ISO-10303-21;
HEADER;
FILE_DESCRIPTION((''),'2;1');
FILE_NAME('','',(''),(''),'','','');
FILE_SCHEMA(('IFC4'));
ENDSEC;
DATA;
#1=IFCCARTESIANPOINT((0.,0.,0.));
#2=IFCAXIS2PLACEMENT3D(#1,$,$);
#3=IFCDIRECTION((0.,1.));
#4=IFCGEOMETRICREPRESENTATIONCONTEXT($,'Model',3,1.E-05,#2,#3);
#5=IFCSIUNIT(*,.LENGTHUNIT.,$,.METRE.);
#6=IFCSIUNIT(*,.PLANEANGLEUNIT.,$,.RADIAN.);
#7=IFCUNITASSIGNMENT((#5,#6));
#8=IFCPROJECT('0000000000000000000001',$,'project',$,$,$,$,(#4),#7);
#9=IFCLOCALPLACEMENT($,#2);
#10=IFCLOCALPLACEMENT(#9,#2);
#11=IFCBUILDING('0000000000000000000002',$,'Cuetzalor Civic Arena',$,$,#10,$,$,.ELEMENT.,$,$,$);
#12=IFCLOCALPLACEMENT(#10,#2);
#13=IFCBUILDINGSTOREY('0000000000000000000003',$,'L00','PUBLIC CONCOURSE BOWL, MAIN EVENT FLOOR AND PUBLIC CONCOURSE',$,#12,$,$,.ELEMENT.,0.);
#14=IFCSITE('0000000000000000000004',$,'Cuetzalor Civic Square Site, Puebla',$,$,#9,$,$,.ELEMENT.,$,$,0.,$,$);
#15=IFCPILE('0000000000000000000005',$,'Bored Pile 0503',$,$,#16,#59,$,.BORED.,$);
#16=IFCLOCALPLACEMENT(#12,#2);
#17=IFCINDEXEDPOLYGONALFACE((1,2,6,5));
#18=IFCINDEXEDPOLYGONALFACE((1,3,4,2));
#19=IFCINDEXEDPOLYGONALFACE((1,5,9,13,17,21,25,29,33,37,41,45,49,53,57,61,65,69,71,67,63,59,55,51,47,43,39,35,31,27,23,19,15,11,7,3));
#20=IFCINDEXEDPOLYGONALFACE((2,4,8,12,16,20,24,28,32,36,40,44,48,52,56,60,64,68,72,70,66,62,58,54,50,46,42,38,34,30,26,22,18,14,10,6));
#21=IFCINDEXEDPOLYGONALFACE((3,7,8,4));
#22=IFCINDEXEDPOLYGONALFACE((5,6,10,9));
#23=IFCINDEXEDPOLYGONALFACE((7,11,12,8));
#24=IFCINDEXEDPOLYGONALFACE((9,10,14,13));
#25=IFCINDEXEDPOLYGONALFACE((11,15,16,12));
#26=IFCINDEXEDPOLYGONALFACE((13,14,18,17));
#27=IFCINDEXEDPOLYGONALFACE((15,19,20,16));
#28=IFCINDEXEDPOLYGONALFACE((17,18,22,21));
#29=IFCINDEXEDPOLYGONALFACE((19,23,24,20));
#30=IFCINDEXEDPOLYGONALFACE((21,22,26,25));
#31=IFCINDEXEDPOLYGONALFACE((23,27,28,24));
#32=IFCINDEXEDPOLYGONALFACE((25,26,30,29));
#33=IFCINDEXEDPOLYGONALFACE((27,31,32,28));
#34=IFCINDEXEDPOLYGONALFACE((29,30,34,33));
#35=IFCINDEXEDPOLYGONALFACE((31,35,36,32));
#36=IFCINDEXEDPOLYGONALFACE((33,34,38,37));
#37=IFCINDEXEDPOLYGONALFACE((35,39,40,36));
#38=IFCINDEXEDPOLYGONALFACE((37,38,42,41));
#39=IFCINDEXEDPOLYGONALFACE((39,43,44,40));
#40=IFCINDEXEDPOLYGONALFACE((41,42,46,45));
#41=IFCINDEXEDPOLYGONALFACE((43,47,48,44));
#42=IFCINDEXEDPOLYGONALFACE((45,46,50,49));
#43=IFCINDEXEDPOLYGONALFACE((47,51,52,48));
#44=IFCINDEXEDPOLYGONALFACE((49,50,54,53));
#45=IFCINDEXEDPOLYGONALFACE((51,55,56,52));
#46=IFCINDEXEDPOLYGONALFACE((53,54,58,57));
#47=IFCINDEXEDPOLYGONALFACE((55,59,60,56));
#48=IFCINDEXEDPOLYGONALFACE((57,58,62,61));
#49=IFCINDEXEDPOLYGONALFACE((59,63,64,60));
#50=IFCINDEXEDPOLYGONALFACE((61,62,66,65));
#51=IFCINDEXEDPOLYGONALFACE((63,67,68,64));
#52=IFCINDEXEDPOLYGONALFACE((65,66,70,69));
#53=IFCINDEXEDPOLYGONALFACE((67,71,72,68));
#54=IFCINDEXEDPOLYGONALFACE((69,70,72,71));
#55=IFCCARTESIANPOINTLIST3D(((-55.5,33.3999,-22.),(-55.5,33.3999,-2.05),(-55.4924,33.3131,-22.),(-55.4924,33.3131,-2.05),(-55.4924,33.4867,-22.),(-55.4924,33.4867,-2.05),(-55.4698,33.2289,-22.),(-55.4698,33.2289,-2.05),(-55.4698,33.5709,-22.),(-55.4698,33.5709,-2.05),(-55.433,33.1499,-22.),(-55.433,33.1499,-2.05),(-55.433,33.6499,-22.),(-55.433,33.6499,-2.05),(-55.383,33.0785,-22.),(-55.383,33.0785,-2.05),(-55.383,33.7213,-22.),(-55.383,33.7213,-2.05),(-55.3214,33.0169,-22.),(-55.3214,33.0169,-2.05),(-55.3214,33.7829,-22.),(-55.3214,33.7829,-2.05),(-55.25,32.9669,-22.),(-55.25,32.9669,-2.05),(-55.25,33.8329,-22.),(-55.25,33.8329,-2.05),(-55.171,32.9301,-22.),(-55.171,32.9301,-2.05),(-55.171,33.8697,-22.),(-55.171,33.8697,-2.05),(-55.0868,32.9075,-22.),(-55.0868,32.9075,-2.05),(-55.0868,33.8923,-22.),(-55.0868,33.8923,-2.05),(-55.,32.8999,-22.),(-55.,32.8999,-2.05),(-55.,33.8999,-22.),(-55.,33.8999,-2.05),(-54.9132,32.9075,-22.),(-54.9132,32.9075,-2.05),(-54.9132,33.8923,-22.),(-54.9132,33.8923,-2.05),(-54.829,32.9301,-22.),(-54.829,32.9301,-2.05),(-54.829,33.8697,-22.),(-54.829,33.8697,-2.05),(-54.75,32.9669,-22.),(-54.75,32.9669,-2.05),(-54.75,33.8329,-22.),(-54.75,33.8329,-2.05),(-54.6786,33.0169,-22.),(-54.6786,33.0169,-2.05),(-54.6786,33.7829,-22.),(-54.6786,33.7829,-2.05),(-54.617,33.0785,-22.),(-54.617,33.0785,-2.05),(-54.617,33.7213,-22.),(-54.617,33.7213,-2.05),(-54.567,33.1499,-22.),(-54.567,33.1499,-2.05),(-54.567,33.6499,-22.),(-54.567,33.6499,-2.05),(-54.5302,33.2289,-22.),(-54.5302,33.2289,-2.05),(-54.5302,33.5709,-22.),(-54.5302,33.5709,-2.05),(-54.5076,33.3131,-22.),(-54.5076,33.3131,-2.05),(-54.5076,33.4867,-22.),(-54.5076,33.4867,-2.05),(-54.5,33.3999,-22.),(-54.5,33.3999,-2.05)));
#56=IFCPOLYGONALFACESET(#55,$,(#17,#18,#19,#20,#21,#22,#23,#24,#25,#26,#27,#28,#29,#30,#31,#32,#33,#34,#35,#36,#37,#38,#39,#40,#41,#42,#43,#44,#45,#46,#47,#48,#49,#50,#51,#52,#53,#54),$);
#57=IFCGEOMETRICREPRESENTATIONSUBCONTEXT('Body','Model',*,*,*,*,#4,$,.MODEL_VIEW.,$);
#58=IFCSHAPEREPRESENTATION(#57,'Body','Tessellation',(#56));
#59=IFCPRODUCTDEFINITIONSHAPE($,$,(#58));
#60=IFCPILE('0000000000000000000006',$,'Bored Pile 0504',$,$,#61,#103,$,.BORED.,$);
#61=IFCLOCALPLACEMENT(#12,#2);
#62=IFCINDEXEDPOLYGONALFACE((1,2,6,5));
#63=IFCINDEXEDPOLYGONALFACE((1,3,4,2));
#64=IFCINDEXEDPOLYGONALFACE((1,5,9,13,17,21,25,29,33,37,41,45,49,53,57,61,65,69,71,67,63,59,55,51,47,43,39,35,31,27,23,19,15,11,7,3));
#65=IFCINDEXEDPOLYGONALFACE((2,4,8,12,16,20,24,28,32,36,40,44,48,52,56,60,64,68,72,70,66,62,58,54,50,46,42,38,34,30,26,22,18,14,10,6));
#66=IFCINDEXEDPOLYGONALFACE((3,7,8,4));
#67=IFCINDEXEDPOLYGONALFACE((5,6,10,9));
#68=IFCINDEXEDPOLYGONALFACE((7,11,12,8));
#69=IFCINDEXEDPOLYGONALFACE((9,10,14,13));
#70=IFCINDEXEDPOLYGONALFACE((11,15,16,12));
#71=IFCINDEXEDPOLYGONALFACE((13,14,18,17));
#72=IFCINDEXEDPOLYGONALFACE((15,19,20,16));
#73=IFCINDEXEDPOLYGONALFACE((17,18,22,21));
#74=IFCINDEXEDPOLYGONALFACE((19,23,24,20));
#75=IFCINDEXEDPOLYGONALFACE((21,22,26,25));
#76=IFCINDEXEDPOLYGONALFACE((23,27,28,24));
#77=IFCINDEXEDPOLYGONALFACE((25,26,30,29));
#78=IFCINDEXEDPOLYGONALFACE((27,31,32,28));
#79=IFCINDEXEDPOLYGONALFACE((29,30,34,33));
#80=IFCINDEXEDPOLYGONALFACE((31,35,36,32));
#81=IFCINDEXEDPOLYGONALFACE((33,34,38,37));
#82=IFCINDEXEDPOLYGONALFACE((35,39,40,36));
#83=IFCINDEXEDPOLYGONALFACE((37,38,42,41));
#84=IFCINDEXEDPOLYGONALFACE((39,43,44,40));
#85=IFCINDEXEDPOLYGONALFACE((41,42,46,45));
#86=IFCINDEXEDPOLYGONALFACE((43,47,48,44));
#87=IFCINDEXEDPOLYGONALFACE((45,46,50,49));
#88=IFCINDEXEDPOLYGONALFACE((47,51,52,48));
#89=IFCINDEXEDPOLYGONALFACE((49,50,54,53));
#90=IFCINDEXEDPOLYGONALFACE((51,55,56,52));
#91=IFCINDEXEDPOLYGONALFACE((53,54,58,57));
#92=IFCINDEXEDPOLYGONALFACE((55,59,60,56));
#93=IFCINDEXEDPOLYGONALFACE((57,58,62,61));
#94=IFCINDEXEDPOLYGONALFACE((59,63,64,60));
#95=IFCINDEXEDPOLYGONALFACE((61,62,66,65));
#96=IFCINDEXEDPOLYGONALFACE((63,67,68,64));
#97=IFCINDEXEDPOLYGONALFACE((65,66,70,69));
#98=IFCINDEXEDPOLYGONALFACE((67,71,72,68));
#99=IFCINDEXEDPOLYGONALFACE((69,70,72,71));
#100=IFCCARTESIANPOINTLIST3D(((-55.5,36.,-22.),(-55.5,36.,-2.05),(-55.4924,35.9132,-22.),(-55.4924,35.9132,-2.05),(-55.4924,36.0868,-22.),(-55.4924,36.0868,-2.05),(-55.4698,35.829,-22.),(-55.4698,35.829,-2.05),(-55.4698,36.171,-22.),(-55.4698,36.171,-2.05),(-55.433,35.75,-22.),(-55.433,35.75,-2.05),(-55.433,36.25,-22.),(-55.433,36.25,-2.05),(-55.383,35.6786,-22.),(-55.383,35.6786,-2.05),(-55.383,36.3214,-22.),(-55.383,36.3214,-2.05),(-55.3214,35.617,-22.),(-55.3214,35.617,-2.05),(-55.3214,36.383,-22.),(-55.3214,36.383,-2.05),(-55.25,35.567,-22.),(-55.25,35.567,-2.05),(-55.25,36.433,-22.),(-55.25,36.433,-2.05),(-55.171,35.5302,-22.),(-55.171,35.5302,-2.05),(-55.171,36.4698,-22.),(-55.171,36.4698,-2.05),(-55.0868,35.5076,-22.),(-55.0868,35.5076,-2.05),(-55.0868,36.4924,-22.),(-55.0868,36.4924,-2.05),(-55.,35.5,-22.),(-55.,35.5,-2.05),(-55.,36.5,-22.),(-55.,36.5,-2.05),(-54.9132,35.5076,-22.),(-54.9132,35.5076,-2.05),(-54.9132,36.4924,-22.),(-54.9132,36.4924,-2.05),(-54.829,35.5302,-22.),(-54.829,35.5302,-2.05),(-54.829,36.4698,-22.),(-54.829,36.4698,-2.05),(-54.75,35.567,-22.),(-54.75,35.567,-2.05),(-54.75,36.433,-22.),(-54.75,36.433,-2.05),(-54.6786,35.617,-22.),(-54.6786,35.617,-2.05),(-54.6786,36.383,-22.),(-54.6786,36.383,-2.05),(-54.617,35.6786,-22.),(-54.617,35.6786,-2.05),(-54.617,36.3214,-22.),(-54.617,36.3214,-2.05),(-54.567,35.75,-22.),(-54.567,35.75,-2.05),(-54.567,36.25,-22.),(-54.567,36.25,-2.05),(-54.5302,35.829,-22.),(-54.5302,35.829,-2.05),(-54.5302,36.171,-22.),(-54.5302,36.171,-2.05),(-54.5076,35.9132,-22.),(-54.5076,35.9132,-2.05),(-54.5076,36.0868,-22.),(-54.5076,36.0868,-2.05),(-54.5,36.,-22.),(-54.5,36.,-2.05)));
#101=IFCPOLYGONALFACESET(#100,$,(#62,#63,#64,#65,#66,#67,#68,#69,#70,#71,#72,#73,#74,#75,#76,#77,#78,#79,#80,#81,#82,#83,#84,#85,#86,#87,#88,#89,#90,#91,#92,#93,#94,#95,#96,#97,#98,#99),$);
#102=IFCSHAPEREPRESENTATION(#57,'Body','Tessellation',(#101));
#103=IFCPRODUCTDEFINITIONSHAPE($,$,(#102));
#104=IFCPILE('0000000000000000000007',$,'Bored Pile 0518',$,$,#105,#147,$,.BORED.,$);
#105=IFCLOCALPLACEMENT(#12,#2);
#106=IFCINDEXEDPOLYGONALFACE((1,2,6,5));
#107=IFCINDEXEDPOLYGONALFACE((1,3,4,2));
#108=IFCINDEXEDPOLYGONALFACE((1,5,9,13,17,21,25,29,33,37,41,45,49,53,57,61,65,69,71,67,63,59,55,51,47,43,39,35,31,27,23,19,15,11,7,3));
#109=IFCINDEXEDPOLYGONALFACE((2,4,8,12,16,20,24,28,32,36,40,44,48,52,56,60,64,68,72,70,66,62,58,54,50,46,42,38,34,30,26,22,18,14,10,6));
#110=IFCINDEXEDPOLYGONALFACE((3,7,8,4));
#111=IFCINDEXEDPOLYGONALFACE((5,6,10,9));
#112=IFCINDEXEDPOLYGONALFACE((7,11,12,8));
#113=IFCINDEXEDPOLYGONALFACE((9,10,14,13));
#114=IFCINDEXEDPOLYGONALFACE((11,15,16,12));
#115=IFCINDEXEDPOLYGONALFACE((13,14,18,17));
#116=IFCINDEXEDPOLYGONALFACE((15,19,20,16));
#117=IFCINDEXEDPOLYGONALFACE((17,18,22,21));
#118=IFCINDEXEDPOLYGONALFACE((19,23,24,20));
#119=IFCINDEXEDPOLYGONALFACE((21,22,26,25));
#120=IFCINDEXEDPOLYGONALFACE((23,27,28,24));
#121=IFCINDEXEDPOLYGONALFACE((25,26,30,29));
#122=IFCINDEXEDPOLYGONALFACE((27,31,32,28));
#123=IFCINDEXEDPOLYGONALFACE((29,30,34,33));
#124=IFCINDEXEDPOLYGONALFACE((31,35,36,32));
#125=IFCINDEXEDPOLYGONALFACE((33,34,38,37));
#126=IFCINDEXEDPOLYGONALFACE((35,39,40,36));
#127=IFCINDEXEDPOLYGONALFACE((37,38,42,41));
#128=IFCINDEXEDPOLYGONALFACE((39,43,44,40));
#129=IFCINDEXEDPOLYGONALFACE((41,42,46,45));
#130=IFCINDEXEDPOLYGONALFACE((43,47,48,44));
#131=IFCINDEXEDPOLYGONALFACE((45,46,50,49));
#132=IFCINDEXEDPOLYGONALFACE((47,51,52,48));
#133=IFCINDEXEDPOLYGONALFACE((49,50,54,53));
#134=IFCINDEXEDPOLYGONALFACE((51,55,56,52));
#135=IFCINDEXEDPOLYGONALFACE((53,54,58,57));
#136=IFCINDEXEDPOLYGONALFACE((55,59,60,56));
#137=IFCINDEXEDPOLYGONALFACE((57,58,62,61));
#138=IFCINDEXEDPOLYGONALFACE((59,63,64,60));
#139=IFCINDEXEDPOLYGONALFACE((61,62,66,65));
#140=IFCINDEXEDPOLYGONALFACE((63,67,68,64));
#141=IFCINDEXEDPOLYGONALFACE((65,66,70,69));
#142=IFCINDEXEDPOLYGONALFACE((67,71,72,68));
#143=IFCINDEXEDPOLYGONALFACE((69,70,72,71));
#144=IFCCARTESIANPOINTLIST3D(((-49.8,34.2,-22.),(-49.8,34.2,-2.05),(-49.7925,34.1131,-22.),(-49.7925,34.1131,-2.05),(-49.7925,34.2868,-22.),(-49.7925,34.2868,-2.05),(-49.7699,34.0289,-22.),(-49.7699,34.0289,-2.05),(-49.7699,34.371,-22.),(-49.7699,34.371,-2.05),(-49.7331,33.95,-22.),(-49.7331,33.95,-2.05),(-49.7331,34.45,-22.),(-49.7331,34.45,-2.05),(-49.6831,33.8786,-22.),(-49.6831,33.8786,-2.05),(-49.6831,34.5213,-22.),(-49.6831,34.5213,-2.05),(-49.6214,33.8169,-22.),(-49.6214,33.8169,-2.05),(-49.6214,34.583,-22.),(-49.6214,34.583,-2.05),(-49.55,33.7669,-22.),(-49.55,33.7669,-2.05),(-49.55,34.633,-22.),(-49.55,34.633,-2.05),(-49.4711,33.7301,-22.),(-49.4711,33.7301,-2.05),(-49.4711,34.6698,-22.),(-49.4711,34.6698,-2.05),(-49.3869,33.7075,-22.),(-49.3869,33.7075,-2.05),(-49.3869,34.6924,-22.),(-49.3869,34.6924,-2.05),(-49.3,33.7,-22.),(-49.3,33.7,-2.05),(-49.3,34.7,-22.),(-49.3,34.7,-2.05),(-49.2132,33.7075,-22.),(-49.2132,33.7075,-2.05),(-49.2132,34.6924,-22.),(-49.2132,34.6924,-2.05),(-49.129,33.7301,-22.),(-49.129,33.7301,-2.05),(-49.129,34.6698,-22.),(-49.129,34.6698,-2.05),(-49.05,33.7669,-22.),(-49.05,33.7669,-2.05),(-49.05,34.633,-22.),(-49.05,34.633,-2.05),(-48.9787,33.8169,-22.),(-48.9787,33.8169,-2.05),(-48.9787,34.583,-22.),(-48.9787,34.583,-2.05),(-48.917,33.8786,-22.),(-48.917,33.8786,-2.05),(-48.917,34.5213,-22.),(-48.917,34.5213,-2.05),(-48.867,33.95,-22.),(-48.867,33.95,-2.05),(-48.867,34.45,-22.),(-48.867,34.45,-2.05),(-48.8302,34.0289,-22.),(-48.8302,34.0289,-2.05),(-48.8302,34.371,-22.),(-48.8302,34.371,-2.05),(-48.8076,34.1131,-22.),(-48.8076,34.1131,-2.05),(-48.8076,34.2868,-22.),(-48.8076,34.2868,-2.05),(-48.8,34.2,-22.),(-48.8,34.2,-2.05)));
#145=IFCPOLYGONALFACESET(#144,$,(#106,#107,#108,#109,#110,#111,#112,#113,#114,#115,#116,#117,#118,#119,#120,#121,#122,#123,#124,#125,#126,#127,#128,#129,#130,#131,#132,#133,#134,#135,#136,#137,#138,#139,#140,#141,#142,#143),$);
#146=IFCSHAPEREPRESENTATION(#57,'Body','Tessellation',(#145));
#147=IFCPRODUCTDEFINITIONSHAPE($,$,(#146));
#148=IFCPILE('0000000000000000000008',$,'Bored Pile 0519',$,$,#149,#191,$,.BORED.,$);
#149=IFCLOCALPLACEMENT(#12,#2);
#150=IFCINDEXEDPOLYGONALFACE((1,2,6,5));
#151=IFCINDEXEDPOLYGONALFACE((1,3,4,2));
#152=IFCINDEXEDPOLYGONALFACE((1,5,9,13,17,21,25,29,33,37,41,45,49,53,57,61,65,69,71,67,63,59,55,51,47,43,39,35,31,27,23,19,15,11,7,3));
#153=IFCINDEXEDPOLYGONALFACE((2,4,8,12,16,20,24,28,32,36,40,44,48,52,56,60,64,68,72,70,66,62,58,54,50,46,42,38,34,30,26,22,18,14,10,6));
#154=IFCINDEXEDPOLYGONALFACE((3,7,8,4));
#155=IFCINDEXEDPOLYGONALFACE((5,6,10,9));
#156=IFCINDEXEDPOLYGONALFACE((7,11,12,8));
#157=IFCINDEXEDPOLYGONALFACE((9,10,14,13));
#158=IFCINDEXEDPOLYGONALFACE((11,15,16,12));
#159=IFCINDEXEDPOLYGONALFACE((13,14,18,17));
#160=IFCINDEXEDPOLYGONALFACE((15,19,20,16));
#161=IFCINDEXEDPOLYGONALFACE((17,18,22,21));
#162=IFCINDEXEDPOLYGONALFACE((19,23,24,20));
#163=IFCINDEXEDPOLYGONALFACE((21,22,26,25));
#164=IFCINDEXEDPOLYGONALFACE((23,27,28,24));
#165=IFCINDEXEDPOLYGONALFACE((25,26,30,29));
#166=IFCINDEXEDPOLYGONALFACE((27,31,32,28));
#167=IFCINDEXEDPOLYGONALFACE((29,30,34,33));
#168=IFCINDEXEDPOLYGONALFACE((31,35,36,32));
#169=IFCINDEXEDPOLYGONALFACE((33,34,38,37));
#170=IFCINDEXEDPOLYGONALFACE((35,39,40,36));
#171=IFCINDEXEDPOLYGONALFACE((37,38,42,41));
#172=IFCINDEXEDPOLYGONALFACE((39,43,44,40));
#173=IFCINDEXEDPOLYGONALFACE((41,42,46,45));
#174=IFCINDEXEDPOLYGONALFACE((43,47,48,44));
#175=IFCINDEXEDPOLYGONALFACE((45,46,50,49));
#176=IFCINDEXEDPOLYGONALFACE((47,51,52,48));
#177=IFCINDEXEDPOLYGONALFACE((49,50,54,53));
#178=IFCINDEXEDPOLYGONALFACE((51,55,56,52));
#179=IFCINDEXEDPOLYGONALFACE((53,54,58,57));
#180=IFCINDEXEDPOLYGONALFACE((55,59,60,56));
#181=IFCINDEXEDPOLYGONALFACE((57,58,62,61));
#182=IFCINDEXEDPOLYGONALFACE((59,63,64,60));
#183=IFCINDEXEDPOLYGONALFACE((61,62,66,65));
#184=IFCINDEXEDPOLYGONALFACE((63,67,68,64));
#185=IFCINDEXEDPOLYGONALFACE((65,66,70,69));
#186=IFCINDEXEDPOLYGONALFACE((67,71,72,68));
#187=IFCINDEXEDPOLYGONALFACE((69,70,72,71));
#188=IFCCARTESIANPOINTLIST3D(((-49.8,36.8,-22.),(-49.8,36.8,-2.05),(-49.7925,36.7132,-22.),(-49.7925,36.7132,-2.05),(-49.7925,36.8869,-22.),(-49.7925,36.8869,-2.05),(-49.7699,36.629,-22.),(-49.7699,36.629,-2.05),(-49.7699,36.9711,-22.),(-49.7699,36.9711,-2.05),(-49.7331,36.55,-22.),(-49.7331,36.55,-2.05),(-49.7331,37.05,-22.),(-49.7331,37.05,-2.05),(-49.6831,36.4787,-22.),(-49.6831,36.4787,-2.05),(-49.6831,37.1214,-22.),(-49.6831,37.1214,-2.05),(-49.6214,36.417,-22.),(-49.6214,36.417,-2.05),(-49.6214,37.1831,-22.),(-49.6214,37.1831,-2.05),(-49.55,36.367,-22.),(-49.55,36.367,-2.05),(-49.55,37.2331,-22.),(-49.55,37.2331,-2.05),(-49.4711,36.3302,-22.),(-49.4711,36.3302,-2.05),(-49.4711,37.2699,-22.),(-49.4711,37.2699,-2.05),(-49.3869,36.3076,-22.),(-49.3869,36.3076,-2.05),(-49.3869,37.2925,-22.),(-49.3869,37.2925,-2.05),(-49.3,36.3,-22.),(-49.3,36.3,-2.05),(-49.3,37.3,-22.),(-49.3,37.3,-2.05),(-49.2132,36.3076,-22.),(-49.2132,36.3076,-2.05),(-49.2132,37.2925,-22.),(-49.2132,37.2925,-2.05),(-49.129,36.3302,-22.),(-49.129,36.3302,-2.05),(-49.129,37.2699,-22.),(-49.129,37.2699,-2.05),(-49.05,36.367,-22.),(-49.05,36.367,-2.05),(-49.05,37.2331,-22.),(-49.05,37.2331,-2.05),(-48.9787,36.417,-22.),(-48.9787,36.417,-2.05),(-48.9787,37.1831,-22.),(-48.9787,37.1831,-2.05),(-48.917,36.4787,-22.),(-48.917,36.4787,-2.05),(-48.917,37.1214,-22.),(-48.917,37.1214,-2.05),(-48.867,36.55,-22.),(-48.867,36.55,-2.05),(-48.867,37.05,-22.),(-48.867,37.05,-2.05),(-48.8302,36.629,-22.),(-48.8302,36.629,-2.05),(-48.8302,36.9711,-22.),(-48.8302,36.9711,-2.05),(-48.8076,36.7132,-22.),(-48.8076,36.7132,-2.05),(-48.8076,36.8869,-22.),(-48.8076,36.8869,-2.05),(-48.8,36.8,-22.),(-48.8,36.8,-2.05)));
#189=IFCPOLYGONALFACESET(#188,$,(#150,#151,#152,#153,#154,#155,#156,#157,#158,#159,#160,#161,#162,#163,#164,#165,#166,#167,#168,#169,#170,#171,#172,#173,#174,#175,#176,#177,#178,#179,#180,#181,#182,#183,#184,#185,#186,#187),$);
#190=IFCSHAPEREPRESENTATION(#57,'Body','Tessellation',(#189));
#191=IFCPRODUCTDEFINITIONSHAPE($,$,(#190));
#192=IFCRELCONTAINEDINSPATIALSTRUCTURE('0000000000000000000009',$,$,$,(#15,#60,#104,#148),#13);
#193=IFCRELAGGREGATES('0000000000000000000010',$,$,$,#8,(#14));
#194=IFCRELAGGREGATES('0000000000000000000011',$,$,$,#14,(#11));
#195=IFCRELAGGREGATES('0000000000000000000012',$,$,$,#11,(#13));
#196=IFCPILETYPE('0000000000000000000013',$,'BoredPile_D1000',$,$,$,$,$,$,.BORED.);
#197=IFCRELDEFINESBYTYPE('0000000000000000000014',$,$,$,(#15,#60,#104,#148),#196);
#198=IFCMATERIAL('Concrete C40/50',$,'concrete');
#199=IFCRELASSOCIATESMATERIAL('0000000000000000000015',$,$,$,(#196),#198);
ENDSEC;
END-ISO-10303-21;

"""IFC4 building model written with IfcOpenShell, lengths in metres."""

from ifc_helpers import new_model, si_unit, direction, frame, origin, origin_2d, place, context, subcontext, project, spatial, circle, extrude, material, material_profile, profile_set, type_object, element, save


model = new_model("IFC4")

# Units and contexts
model_context = context("Model", 3, precision=1e-05, world=origin(), true_north=direction((0.0, 1.0)))
body_context = subcontext(model_context, "Body", "Model", "MODEL_VIEW")
ifc_project = project(units=[si_unit("LENGTHUNIT", "METRE"), si_unit("PLANEANGLEUNIT", "RADIAN")], contexts=[model_context])

# Site, building, storey
site_placement = place(None, origin())
site = spatial("IfcSite", under=ifc_project, at=site_placement, Name="Cuetzalor Civic Square Site, Puebla", CompositionType="ELEMENT", RefElevation=0.0)
building_placement = place(site_placement, origin())
building = spatial("IfcBuilding", under=site, at=building_placement, Name="Cuetzalor Civic Arena", CompositionType="ELEMENT")
storey_placement = place(building_placement, origin())
storey = spatial("IfcBuildingStorey", under=building, at=storey_placement, Name="L00", Description="PUBLIC CONCOURSE BOWL, MAIN EVENT FLOOR AND PUBLIC CONCOURSE", CompositionType="ELEMENT", Elevation=0.0)

# Piles
ifc_material_1 = material(Name="Concrete C40/50", Category="concrete")
ifc_material_profile_1 = material_profile(ifc_material_1, circle(Radius=0.5, at=origin_2d()), Name="BORED PILE D1000")
ifc_profile_set_1 = profile_set([ifc_material_profile_1], Name="Concrete C40/50")
pile_type = type_object("IfcPileType", Name="BoredPile_D1000", PredefinedType="BORED", material=ifc_profile_set_1)
for number, where, z_axis, x_axis, name in (
    (1, (-55.0, 33.3999, -2.05), (0.0, 0.0, -1.0), (1.0, 0.0, 0.0), "Bored Pile 0503"),
    (2, (-55.0, 36.0, -2.05), (0.0, 0.0, -1.0), (1.0, 0.0, 0.0), "Bored Pile 0504"),
    (3, (-49.3, 34.2, -2.05), (0.0, 0.0, -1.0), (1.0, 0.0, 0.0), "Bored Pile 0518"),
    (4, (-49.3, 36.8, -2.05), (0.0, 0.0, -1.0), (1.0, 0.0, 0.0), "Bored Pile 0519"),
):
    element("IfcPile", number, at=place(storey_placement, frame(where, z_axis=z_axis, x_axis=x_axis)), inside=storey, type_object=pile_type, Name=name, PredefinedType="BORED", context=body_context, shape_type="SweptSolid", body=[
        extrude(circle(Radius=0.5, at=origin_2d()), origin(), (0.0, 0.0, 1.0), 19.95),
    ])

save(model, "model.ifc")
